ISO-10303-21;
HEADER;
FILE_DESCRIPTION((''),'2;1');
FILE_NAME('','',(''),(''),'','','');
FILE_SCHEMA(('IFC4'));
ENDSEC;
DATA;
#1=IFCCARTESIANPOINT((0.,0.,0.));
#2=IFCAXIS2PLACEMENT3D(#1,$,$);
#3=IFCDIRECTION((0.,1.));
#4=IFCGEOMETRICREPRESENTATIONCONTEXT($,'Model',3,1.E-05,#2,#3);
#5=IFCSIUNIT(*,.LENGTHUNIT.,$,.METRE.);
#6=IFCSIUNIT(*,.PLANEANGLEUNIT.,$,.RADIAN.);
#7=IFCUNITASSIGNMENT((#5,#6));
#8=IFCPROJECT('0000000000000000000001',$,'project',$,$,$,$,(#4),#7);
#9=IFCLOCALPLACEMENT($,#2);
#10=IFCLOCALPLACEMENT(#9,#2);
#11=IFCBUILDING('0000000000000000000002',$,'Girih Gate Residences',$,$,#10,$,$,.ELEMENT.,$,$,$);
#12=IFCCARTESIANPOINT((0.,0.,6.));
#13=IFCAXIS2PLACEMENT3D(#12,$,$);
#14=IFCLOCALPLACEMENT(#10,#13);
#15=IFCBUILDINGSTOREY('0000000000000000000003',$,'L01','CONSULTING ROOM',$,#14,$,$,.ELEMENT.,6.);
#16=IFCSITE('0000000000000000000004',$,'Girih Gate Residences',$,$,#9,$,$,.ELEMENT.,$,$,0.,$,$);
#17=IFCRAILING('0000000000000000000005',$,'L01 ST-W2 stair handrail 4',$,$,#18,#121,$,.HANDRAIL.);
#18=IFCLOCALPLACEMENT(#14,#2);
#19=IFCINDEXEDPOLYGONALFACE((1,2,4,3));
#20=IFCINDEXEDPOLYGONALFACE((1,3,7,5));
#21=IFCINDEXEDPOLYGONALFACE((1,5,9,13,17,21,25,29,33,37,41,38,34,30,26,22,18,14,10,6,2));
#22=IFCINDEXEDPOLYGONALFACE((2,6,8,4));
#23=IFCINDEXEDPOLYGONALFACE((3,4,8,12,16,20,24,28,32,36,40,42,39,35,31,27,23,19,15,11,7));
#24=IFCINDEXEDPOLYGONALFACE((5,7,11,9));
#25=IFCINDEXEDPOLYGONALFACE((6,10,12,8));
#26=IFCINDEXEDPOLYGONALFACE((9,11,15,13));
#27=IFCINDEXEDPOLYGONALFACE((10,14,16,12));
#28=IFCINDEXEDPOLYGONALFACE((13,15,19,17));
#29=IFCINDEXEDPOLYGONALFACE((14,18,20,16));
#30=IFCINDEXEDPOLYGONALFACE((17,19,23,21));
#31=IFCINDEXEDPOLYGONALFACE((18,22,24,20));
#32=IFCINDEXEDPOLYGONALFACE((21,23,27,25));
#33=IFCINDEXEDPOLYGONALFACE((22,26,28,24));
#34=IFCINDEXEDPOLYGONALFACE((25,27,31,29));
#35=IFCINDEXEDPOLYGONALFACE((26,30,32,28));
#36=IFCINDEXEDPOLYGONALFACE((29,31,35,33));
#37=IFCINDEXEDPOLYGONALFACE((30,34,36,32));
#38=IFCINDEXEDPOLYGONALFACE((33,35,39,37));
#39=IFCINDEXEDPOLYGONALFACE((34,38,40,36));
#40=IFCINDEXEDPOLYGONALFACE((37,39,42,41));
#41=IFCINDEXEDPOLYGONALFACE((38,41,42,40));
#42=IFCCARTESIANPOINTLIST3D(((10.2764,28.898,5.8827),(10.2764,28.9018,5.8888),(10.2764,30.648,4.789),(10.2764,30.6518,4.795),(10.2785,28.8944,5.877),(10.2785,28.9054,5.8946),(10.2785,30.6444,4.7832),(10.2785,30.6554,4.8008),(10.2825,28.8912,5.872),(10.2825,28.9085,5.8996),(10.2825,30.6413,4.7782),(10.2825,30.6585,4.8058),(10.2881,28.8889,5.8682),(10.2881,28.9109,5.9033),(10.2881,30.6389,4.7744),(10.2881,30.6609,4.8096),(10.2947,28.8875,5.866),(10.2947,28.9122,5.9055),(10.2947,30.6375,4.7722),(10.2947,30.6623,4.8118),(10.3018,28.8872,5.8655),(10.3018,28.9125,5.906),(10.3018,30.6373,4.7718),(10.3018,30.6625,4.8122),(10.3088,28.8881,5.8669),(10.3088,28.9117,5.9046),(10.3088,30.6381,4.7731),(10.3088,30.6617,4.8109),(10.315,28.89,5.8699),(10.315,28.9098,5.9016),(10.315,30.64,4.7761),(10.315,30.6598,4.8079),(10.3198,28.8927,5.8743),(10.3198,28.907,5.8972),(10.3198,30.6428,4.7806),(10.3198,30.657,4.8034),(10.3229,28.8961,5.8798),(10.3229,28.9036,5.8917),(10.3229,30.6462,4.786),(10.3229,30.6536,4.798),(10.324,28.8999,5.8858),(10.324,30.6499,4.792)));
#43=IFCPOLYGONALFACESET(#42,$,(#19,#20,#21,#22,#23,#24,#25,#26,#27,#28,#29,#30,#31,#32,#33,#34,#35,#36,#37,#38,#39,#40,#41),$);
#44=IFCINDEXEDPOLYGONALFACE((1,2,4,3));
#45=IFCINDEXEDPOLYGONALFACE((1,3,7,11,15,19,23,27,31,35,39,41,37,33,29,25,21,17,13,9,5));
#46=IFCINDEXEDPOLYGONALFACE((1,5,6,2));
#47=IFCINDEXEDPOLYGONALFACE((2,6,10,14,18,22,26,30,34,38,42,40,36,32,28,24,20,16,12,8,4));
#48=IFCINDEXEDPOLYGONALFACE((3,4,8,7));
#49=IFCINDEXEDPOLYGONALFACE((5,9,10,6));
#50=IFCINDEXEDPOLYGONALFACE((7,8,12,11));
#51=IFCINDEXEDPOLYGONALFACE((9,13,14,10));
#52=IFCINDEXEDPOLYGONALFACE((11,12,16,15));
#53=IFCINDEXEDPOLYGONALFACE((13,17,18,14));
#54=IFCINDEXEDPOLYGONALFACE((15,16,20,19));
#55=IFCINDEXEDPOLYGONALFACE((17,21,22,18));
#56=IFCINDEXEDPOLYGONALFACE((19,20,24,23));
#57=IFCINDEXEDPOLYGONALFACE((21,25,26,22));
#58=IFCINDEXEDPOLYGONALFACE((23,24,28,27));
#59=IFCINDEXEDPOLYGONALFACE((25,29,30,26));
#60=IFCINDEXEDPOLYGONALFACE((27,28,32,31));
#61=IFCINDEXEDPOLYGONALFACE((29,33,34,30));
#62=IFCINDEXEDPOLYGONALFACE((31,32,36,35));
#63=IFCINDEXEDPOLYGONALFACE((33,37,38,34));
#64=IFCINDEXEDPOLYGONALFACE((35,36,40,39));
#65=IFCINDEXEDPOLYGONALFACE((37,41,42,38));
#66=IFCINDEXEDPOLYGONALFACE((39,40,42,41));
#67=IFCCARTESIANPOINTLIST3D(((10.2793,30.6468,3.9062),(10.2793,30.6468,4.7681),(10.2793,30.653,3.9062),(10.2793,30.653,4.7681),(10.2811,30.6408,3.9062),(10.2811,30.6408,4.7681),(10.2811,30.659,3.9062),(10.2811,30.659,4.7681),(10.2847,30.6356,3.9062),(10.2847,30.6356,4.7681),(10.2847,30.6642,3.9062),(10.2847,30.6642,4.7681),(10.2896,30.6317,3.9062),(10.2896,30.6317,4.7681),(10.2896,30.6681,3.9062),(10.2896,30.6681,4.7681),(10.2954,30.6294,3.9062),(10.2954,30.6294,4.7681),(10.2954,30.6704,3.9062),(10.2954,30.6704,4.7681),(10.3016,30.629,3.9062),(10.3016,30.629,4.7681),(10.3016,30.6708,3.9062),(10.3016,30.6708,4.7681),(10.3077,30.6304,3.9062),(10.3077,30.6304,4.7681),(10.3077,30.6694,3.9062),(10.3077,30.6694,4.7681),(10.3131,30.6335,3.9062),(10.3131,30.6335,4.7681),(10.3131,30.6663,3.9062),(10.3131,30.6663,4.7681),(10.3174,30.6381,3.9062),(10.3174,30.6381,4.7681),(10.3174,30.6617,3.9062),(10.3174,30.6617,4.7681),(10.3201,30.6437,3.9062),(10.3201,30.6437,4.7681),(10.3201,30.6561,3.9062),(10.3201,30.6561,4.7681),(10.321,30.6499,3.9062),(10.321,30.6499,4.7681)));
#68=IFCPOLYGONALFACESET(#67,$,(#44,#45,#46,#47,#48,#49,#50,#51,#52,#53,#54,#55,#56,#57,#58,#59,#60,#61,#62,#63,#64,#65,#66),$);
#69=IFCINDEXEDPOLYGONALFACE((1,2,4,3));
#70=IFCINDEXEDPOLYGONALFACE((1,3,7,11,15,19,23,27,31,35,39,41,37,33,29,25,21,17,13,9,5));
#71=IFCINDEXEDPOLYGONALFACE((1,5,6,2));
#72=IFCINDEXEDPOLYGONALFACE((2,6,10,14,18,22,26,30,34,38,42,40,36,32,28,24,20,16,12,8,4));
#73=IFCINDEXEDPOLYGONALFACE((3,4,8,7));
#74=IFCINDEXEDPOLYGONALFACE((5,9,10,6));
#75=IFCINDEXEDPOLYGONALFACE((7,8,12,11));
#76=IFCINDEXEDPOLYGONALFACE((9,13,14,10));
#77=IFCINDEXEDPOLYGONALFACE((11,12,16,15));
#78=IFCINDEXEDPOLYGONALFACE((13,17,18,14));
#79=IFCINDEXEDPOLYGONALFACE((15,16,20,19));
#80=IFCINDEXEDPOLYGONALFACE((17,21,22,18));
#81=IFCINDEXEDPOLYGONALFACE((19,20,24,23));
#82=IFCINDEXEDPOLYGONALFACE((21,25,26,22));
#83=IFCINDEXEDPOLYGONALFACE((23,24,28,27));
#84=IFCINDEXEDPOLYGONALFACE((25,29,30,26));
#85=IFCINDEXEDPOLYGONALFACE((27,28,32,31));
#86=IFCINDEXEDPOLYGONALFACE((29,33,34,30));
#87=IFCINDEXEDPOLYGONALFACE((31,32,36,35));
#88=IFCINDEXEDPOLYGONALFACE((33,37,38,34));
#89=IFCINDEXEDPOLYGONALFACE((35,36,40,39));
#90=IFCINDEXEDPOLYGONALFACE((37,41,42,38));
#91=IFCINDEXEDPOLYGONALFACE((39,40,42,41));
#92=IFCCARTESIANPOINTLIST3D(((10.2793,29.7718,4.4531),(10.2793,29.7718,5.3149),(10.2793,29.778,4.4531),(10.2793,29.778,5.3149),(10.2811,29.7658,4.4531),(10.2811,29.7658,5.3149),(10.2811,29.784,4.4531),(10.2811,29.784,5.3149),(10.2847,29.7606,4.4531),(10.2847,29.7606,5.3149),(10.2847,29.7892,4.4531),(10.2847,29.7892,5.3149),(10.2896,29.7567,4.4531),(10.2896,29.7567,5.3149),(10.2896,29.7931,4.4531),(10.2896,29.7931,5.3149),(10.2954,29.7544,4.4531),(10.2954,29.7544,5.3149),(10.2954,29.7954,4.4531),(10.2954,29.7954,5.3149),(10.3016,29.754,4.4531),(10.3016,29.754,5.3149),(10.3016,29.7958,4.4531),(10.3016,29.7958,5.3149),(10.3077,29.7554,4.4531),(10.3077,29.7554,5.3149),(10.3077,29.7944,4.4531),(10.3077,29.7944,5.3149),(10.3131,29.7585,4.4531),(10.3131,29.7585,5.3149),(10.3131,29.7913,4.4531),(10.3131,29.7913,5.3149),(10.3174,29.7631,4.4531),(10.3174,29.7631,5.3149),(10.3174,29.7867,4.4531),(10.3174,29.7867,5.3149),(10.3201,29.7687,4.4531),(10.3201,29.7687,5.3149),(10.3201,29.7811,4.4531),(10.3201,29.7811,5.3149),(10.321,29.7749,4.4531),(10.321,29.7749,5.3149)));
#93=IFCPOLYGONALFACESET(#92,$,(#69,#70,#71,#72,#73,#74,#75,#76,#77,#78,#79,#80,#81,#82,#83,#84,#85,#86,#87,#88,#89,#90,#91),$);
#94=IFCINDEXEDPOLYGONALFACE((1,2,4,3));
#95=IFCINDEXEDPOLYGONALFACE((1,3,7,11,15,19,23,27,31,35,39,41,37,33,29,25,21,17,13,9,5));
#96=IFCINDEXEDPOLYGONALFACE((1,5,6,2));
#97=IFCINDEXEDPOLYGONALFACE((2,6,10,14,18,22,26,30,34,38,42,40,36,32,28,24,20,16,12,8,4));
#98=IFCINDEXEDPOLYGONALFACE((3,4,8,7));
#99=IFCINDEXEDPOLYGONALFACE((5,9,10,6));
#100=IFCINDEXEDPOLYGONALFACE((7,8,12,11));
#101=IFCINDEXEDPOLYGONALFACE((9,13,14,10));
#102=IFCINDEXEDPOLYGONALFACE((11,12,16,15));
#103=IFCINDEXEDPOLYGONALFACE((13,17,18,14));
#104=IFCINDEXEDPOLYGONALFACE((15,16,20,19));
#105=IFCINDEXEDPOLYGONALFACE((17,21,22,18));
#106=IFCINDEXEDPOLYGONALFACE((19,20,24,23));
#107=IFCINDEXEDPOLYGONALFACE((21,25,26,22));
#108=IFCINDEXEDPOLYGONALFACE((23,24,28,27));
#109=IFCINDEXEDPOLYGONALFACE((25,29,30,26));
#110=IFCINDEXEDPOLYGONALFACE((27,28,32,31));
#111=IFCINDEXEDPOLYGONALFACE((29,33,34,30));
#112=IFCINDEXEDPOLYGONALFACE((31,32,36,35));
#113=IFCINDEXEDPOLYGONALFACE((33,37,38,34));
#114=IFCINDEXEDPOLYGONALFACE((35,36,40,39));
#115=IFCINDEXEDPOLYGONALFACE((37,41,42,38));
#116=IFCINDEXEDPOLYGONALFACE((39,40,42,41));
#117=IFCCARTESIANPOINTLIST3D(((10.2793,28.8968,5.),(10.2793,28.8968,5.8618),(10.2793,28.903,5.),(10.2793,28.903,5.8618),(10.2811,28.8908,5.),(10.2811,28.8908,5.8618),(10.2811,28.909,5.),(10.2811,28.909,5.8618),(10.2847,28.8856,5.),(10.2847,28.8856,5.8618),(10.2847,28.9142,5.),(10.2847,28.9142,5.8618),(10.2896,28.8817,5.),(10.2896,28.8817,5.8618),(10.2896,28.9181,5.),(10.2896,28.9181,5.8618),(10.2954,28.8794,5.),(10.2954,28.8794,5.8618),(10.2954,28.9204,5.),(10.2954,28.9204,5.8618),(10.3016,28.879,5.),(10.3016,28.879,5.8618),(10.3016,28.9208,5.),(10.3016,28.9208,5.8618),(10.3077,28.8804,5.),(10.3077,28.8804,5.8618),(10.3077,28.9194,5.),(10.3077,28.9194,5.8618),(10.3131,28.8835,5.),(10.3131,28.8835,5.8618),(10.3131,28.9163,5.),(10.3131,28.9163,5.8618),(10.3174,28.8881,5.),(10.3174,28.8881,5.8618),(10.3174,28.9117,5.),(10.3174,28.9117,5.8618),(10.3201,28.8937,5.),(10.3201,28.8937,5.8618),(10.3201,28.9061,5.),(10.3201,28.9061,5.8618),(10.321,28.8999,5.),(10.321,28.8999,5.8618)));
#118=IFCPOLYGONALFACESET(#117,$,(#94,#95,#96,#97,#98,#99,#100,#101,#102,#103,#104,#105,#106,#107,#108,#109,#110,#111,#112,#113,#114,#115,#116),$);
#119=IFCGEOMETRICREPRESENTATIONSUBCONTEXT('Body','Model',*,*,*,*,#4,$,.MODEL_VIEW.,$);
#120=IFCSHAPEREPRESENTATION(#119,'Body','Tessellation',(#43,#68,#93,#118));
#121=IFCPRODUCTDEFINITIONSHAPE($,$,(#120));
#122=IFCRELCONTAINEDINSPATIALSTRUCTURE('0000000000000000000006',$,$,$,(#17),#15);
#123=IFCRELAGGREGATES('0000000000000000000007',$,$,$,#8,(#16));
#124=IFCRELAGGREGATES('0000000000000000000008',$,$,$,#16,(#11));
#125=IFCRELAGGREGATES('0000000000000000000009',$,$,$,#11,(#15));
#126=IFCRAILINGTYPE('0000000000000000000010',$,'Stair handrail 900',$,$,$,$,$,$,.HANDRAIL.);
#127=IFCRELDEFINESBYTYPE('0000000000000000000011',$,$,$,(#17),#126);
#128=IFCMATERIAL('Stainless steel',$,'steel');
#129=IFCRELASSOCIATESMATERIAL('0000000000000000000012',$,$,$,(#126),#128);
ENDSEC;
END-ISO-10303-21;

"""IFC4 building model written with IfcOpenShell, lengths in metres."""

from ifc_helpers import new_model, si_unit, direction, frame, origin, origin_2d, place, context, subcontext, project, spatial, circle, extrude, material, type_object, element, save


model = new_model("IFC4")

# Units and contexts
model_context = context("Model", 3, precision=1e-05, world=origin(), true_north=direction((0.0, 1.0)))
body_context = subcontext(model_context, "Body", "Model", "MODEL_VIEW")
ifc_project = project(units=[si_unit("LENGTHUNIT", "METRE"), si_unit("PLANEANGLEUNIT", "RADIAN")], contexts=[model_context])

# Site, building, storey
site_placement = place(None, origin())
site = spatial("IfcSite", under=ifc_project, at=site_placement, Name="Girih Gate Residences", CompositionType="ELEMENT", RefElevation=0.0)
building_placement = place(site_placement, origin())
building = spatial("IfcBuilding", under=site, at=building_placement, Name="Girih Gate Residences", CompositionType="ELEMENT")
storey_placement = place(building_placement, frame((0.0, 0.0, 6.0)))
storey = spatial("IfcBuildingStorey", under=building, at=storey_placement, Name="L01", Description="CONSULTING ROOM", CompositionType="ELEMENT", Elevation=6.0)

# Railing
ifc_material_1 = material(Name="Stainless steel", Category="steel")
railing_type_1 = type_object("IfcRailingType", Name="Stair handrail 900", PredefinedType="HANDRAIL", material=ifc_material_1)
railing_1_placement = place(storey_placement, frame((10.3, 30.6499, 3.9062)))
element("IfcRailing", 1, at=railing_1_placement, inside=storey, type_object=railing_type_1, Name="L01 ST-W2 stair handrail 4", PredefinedType="HANDRAIL", context=body_context, shape_type="SweptSolid", body=[
    extrude(circle(Radius=0.0239, at=origin_2d()), frame((0.0, 0.0, 0.8857), z_axis=(0.0, -0.847998, 0.529999), x_axis=(1.0, 0.0, 0.0)), (0.0, 0.0, 1.0), 2.0637),
    extrude(circle(Radius=0.021, at=origin_2d()), origin(), (0.0, 0.0, 1.0), 0.8618),
    extrude(circle(Radius=0.021, at=origin_2d()), frame((0.0, -0.875, 0.5469)), (0.0, 0.0, 1.0), 0.8618),
    extrude(circle(Radius=0.021, at=origin_2d()), frame((0.0, -1.75, 1.0938)), (0.0, 0.0, 1.0), 0.8618),
])

save(model, "model.ifc")
